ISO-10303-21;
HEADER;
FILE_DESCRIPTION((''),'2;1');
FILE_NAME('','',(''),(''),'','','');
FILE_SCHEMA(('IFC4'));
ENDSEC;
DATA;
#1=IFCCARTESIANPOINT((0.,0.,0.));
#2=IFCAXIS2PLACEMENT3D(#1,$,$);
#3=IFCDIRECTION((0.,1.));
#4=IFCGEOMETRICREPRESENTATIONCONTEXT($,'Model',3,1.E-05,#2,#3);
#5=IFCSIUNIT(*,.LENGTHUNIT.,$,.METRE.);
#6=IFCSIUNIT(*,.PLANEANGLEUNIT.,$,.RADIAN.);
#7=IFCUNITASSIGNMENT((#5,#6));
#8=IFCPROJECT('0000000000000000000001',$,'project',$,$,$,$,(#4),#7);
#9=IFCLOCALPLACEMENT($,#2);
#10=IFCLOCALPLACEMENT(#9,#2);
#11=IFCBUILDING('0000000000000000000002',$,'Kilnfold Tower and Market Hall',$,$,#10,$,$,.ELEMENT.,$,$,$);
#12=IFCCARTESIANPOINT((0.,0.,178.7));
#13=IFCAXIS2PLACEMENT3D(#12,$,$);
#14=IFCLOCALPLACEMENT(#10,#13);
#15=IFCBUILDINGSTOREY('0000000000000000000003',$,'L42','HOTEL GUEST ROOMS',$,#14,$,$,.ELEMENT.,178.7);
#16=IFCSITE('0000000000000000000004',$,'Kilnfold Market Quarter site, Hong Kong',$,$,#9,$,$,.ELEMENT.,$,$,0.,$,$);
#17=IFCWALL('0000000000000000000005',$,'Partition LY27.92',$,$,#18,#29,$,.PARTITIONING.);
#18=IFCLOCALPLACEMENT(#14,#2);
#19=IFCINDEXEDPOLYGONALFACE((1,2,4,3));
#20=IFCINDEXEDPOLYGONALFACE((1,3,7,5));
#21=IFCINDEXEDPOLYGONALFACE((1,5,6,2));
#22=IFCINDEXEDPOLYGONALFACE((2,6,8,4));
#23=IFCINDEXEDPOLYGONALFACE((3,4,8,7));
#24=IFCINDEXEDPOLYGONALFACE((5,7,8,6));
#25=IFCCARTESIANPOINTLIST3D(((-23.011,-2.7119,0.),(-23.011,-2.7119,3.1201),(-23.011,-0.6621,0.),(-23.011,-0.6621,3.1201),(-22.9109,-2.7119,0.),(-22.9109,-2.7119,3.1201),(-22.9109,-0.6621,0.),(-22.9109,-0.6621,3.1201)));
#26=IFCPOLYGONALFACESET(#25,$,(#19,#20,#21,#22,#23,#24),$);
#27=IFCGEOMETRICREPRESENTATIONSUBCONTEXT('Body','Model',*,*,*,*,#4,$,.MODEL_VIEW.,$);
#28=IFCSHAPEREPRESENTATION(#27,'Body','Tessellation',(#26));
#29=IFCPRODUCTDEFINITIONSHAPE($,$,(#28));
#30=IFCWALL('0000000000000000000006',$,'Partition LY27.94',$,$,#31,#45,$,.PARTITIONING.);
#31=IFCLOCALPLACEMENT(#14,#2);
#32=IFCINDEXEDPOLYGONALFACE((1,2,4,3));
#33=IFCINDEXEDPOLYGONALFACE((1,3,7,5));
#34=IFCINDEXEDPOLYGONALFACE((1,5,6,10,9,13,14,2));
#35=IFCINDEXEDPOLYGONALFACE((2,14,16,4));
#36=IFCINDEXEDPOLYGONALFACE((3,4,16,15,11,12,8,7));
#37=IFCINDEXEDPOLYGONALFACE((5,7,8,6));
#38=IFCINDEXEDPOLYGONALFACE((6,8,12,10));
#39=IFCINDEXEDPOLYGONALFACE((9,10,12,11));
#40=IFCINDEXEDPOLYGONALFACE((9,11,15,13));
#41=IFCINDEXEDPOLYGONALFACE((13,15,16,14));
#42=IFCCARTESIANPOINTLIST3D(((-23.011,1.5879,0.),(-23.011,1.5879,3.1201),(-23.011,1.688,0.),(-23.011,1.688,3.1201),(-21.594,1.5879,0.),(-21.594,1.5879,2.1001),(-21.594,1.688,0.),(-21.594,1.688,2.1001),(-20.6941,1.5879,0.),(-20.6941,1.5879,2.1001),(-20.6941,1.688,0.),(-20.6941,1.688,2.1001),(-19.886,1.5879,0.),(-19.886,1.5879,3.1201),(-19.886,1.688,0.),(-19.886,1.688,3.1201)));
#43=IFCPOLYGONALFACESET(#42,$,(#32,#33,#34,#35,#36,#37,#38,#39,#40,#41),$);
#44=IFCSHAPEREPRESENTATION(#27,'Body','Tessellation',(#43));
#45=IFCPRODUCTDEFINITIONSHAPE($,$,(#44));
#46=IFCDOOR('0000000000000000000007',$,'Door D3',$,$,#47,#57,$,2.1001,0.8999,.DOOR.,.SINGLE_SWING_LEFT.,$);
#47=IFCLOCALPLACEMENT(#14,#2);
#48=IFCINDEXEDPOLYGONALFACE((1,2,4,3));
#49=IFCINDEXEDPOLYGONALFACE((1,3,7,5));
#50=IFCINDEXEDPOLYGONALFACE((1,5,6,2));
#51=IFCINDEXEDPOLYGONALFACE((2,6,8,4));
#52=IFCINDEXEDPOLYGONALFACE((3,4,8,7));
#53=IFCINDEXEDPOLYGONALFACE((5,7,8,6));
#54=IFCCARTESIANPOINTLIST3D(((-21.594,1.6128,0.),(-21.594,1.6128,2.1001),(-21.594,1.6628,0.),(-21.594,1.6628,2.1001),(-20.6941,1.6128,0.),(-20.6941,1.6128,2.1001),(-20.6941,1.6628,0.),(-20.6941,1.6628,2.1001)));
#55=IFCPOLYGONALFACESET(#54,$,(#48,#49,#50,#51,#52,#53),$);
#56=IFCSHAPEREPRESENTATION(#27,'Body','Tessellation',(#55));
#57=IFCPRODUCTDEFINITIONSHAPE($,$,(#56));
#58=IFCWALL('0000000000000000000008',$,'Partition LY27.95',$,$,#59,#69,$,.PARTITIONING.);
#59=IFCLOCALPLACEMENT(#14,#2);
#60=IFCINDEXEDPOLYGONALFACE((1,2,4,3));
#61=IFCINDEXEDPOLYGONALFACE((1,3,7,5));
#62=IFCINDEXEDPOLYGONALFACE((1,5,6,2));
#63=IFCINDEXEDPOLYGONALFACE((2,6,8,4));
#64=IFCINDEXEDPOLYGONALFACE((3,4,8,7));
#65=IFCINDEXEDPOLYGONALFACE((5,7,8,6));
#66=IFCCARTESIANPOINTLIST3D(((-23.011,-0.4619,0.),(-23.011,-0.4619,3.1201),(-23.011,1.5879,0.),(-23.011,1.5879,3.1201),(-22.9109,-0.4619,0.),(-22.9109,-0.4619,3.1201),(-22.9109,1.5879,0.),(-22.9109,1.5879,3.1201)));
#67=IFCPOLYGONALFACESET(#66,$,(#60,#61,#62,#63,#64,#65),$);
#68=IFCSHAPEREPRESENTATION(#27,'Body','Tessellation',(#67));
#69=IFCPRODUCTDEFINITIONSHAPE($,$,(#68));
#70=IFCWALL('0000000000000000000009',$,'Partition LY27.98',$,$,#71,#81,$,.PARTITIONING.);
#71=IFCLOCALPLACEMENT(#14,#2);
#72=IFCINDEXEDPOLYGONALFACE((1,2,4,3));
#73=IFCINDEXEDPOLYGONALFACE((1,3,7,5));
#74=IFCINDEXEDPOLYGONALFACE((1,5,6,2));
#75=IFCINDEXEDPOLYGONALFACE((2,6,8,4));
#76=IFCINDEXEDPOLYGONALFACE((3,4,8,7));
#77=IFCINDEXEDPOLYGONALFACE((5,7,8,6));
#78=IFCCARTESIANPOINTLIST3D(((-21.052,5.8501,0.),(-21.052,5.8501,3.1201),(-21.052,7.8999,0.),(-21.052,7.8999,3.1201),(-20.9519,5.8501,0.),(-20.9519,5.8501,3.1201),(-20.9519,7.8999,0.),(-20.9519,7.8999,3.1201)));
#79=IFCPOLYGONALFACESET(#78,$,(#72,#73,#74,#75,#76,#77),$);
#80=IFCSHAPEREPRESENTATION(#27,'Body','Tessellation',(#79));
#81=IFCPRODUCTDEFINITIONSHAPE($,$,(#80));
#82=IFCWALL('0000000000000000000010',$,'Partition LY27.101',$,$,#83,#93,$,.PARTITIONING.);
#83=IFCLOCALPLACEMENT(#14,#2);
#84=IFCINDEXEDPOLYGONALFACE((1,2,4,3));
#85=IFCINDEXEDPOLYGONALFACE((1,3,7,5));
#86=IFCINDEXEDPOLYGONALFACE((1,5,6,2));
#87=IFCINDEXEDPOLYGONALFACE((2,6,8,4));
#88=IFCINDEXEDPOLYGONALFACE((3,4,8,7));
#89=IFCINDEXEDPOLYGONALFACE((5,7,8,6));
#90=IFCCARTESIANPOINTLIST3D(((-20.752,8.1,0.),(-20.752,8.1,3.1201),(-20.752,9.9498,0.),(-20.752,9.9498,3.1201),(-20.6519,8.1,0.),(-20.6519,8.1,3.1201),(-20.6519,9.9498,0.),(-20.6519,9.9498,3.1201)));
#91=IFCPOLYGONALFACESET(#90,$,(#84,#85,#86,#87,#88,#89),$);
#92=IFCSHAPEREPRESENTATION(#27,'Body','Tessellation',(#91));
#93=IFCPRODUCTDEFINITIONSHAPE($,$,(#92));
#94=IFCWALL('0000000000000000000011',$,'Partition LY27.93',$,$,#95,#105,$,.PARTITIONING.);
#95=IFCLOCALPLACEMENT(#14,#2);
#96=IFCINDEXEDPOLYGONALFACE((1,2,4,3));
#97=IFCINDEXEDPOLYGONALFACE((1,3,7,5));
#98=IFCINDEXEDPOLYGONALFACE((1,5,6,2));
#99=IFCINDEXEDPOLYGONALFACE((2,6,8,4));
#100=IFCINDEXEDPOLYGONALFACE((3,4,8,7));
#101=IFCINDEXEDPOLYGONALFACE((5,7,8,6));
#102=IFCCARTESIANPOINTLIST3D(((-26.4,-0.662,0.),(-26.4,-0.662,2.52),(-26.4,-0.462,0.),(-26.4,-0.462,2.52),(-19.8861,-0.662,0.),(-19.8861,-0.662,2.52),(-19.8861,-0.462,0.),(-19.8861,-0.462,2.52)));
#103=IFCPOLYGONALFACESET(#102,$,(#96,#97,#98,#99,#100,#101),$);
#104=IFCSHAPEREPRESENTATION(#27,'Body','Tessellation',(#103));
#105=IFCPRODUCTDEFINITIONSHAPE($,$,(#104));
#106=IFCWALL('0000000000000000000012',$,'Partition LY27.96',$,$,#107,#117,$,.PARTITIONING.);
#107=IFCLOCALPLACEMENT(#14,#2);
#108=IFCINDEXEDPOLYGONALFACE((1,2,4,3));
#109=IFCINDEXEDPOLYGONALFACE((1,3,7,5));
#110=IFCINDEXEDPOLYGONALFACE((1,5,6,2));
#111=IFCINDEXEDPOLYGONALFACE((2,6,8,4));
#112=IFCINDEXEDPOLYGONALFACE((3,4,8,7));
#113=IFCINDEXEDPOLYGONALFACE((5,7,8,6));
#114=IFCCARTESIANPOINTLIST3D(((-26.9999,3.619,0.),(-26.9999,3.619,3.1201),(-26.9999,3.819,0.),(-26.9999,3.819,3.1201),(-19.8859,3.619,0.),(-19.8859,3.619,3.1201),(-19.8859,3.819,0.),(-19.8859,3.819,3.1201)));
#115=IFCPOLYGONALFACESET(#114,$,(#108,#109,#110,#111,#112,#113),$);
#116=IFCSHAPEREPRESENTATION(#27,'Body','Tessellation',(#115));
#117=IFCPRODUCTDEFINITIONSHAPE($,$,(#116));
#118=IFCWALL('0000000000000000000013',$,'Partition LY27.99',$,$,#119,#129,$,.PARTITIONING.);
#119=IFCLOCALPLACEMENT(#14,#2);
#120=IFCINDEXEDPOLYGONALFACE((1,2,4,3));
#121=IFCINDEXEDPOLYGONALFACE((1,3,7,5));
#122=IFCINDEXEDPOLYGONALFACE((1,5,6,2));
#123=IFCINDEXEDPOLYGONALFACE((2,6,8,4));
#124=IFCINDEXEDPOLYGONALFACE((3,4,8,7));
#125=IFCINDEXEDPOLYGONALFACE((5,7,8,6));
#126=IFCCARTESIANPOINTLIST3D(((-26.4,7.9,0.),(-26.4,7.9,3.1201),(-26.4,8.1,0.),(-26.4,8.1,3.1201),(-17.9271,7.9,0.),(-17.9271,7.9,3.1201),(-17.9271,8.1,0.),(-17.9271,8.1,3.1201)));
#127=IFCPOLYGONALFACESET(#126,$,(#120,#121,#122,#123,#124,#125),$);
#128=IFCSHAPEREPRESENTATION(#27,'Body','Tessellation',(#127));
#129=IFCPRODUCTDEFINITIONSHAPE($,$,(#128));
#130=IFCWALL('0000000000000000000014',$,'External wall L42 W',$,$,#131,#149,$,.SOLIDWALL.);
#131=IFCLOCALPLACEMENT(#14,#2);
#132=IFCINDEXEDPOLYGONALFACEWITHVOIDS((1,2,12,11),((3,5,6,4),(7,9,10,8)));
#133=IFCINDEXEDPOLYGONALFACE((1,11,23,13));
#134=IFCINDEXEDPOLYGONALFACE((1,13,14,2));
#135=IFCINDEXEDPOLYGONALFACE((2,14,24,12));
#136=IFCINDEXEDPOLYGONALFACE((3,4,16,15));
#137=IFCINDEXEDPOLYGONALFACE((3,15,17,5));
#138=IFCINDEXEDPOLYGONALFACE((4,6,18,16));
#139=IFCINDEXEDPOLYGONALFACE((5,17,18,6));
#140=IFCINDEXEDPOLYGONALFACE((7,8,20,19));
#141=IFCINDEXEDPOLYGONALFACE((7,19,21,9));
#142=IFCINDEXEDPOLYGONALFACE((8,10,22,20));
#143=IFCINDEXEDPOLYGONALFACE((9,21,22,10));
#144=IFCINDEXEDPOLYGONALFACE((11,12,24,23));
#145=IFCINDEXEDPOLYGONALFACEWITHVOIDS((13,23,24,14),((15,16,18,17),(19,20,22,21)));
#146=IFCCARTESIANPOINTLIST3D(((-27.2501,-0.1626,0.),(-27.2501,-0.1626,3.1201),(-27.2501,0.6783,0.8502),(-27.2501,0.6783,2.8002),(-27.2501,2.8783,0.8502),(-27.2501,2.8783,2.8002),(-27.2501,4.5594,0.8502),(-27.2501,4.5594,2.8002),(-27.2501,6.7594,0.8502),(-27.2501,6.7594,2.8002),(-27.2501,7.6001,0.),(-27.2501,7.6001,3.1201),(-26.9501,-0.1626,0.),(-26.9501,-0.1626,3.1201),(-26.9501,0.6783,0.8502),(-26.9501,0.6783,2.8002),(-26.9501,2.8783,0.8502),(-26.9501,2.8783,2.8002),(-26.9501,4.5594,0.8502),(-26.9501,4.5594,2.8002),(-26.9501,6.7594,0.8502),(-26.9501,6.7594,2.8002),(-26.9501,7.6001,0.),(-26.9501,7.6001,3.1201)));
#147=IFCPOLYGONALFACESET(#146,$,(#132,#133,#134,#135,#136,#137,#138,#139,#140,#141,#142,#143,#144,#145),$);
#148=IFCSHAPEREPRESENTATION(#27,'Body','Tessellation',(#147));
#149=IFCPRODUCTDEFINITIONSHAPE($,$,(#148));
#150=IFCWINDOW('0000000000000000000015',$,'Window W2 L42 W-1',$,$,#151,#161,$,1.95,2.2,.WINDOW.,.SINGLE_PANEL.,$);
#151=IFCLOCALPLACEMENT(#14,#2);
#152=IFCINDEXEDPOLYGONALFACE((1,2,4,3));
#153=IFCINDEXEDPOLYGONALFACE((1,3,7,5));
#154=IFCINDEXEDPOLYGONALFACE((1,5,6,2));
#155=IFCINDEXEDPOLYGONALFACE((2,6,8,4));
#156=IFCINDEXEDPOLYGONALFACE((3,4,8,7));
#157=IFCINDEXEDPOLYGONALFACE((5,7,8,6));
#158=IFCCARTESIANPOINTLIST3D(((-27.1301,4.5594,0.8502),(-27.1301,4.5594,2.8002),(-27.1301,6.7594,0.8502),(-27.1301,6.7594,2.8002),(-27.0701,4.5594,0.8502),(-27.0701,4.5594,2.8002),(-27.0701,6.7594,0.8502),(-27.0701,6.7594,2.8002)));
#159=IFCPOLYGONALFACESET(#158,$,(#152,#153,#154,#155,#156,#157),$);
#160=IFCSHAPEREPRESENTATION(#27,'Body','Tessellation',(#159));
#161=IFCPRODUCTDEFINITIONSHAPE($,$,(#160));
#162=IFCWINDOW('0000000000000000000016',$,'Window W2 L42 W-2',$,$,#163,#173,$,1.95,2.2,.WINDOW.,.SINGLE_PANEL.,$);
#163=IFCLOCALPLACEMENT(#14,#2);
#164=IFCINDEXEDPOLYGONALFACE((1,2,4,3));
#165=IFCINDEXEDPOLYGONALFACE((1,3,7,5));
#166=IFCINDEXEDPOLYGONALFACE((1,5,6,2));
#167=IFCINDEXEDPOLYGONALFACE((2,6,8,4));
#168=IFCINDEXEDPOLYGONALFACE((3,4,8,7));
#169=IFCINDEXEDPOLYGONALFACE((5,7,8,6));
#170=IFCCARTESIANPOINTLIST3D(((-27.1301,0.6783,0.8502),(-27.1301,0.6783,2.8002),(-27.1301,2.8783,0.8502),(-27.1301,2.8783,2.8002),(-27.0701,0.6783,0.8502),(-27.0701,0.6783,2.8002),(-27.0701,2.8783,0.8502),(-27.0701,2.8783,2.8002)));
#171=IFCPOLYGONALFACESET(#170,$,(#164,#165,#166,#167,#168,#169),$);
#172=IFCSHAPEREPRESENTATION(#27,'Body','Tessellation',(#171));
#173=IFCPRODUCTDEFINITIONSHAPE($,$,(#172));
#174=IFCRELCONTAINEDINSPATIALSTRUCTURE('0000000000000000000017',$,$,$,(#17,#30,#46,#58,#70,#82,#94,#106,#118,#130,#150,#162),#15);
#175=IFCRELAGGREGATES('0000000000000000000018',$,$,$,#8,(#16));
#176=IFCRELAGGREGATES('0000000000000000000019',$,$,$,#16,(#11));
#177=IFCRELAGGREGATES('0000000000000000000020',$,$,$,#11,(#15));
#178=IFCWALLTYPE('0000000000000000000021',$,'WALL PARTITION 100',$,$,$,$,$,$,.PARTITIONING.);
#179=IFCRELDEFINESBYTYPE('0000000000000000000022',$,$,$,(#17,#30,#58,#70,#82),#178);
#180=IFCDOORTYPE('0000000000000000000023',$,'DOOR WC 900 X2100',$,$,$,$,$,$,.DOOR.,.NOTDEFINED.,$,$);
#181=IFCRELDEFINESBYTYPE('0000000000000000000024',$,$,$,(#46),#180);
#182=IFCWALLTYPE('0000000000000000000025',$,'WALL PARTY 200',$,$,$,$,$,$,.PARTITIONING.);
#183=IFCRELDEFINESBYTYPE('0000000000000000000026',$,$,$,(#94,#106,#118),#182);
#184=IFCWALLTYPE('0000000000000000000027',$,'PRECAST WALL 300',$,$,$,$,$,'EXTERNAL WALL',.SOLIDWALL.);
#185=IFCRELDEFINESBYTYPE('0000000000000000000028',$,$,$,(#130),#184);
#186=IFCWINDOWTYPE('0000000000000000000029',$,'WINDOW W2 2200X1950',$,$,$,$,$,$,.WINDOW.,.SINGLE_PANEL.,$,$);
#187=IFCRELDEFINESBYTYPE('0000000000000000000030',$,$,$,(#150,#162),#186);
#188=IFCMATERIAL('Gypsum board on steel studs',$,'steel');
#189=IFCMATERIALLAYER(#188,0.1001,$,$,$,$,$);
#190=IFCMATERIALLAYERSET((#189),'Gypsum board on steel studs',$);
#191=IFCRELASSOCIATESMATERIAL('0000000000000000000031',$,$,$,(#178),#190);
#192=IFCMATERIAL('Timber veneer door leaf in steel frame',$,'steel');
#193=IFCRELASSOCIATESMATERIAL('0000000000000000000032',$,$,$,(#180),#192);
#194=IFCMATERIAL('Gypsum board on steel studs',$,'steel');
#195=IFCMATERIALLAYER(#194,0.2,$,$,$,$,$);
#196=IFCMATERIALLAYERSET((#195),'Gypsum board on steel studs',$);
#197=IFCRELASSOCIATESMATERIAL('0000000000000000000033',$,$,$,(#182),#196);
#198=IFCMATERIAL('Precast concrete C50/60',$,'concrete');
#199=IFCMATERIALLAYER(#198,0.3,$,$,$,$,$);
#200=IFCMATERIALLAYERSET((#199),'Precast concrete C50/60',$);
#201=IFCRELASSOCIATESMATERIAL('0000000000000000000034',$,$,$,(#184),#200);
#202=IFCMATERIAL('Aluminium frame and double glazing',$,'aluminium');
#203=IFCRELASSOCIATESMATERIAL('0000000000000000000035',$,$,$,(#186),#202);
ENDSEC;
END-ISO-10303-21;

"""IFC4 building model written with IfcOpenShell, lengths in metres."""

from ifc_helpers import new_model, si_unit, direction, frame, frame_2d, origin, place, context, subcontext, project, spatial, rectangle, extrude, source, transform, mapped, material, layer, layer_set, type_object, element, fill, save


model = new_model("IFC4")

# Units and contexts
model_context = context("Model", 3, precision=1e-05, world=origin(), true_north=direction((0.0, 1.0)))
body_context = subcontext(model_context, "Body", "Model", "MODEL_VIEW")
ifc_project = project(units=[si_unit("LENGTHUNIT", "METRE"), si_unit("PLANEANGLEUNIT", "RADIAN")], contexts=[model_context])

# Site, building, storey
site_placement = place(None, origin())
site = spatial("IfcSite", under=ifc_project, at=site_placement, Name="Kilnfold Market Quarter site, Hong Kong", CompositionType="ELEMENT", RefElevation=0.0)
building_placement = place(site_placement, origin())
building = spatial("IfcBuilding", under=site, at=building_placement, Name="Kilnfold Tower and Market Hall", CompositionType="ELEMENT")
storey_placement = place(building_placement, frame((0.0, 0.0, 178.7)))
storey = spatial("IfcBuildingStorey", under=building, at=storey_placement, Name="L42", Description="HOTEL GUEST ROOMS", CompositionType="ELEMENT", Elevation=178.7)

# Wall
ifc_material_1 = material(Name="Gypsum board on steel studs", Category="steel")
ifc_layer_1 = layer(ifc_material_1, 0.1001)
ifc_layer_set_1 = layer_set([ifc_layer_1], Name="Gypsum board on steel studs")
wall_type_1 = type_object("IfcWallType", Name="WALL PARTITION 100", PredefinedType="PARTITIONING", material=ifc_layer_set_1)
wall_1_placement = place(storey_placement, frame((-22.9609, -2.7119, 0.0), z_axis=(0.0, 0.0, 1.0), x_axis=(0.0, 1.0, 0.0)))
element("IfcWall", 1, at=wall_1_placement, inside=storey, type_object=wall_type_1, Name="Partition LY27.92", PredefinedType="PARTITIONING", context=body_context, shape_type="SweptSolid", body=[
    extrude(rectangle(XDim=2.0498, YDim=0.1001, at=frame_2d((1.0249, 0.0))), origin(), (0.0, 0.0, 1.0), 3.1201),
])

# Wall, opening, door
wall_2_placement = place(storey_placement, frame((-23.011, 1.6379, 0.0), z_axis=(0.0, 0.0, 1.0), x_axis=(1.0, 0.0, 0.0)))
wall_2 = element("IfcWall", 2, at=wall_2_placement, inside=storey, type_object=wall_type_1, Name="Partition LY27.94", PredefinedType="PARTITIONING", context=body_context, shape_type="SweptSolid", body=[
    extrude(rectangle(XDim=3.125, YDim=0.1001, at=frame_2d((1.5625, 0.0))), origin(), (0.0, 0.0, 1.0), 3.1201),
])
opening_1_placement = place(wall_2_placement, frame((1.417, 0.0, 0.0)))
opening_1 = element("IfcOpeningElement", 3, at=opening_1_placement, cuts=wall_2, PredefinedType="OPENING", context=body_context, shape_type="SweptSolid", body=[
    extrude(rectangle(XDim=0.8999, YDim=2.1001, at=frame_2d((0.45, 1.05))), frame((0.0, 0.0601, 0.0), z_axis=(0.0, -1.0, 0.0), x_axis=(1.0, 0.0, 0.0)), (0.0, 0.0, 1.0), 0.1201),
])
ifc_material_2 = material(Name="Timber veneer door leaf in steel frame", Category="steel")
door_type_1 = type_object("IfcDoorType", Name="DOOR WC 900 X2100", OperationType="NOTDEFINED", PredefinedType="DOOR", material=ifc_material_2)
door_1_placement = place(opening_1_placement, origin())
door_1 = element("IfcDoor", 4, at=door_1_placement, inside=storey, type_object=door_type_1, Name="Door D3", OperationType="SINGLE_SWING_LEFT", OverallHeight=2.1001, OverallWidth=0.8999, PredefinedType="DOOR", context=body_context, shape_type="SweptSolid", body=[
    extrude(rectangle(XDim=0.8999, YDim=2.1001, at=frame_2d((0.45, 1.05))), frame((0.0, 0.0249, 0.0), z_axis=(0.0, -1.0, 0.0), x_axis=(1.0, 0.0, 0.0)), (0.0, 0.0, 1.0), 0.05),
])
fill(opening_1, door_1)

# Walls
for number, where, z_axis, x_axis, name in (
    (5, (-22.9609, -0.4619, 0.0), (0.0, 0.0, 1.0), (0.0, 1.0, 0.0), "Partition LY27.95"),
    (6, (-21.002, 5.8501, 0.0), (0.0, 0.0, 1.0), (0.0, 1.0, 0.0), "Partition LY27.98"),
):
    element("IfcWall", number, at=place(storey_placement, frame(where, z_axis=z_axis, x_axis=x_axis)), inside=storey, type_object=wall_type_1, Name=name, PredefinedType="PARTITIONING", context=body_context, shape_type="SweptSolid", body=[
        extrude(rectangle(XDim=2.0498, YDim=0.1001, at=frame_2d((1.0249, 0.0))), origin(), (0.0, 0.0, 1.0), 3.1201),
    ])
wall_3_placement = place(storey_placement, frame((-20.7019, 8.1001, 0.0), z_axis=(0.0, 0.0, 1.0), x_axis=(0.0, 1.0, 0.0)))
element("IfcWall", 7, at=wall_3_placement, inside=storey, type_object=wall_type_1, Name="Partition LY27.101", PredefinedType="PARTITIONING", context=body_context, shape_type="SweptSolid", body=[
    extrude(rectangle(XDim=1.8499, YDim=0.1001, at=frame_2d((0.9248, 0.0))), origin(), (0.0, 0.0, 1.0), 3.1201),
])
ifc_material_3 = material(Name="Gypsum board on steel studs", Category="steel")
ifc_layer_2 = layer(ifc_material_3, 0.2)
ifc_layer_set_2 = layer_set([ifc_layer_2], Name="Gypsum board on steel studs")
wall_type_2 = type_object("IfcWallType", Name="WALL PARTY 200", PredefinedType="PARTITIONING", material=ifc_layer_set_2)
wall_4_placement = place(storey_placement, frame((-26.3999, -0.562, 0.0), z_axis=(0.0, 0.0, 1.0), x_axis=(1.0, 0.0, 0.0)))
element("IfcWall", 8, at=wall_4_placement, inside=storey, type_object=wall_type_2, Name="Partition LY27.93", PredefinedType="PARTITIONING", context=body_context, shape_type="SweptSolid", body=[
    extrude(rectangle(XDim=6.5139, YDim=0.2, at=frame_2d((3.2568, 0.0))), origin(), (0.0, 0.0, 1.0), 2.52),
])
wall_5_placement = place(storey_placement, frame((-27.0, 3.719, 0.0), z_axis=(0.0, 0.0, 1.0), x_axis=(1.0, 0.0, 0.0)))
element("IfcWall", 9, at=wall_5_placement, inside=storey, type_object=wall_type_2, Name="Partition LY27.96", PredefinedType="PARTITIONING", context=body_context, shape_type="SweptSolid", body=[
    extrude(rectangle(XDim=7.114, YDim=0.2, at=frame_2d((3.5571, 0.0))), origin(), (0.0, 0.0, 1.0), 3.1201),
])
wall_6_placement = place(storey_placement, frame((-26.3999, 8.0, 0.0), z_axis=(0.0, 0.0, 1.0), x_axis=(1.0, 0.0, 0.0)))
element("IfcWall", 10, at=wall_6_placement, inside=storey, type_object=wall_type_2, Name="Partition LY27.99", PredefinedType="PARTITIONING", context=body_context, shape_type="SweptSolid", body=[
    extrude(rectangle(XDim=8.4729, YDim=0.2, at=frame_2d((4.2363, 0.0))), origin(), (0.0, 0.0, 1.0), 3.1201),
])

# Wall, openings, windows
ifc_material_4 = material(Name="Precast concrete C50/60", Category="concrete")
ifc_layer_3 = layer(ifc_material_4, 0.3)
ifc_layer_set_3 = layer_set([ifc_layer_3], Name="Precast concrete C50/60")
wall_type_3 = type_object("IfcWallType", Name="PRECAST WALL 300", ElementType="EXTERNAL WALL", PredefinedType="SOLIDWALL", material=ifc_layer_set_3)
shared_shape_1 = source(origin(), body_context, "Body", "SweptSolid", [
    extrude(rectangle(XDim=7.7627, YDim=0.3, at=frame_2d((3.8813, 0.0))), origin(), (0.0, 0.0, 1.0), 3.1201),
])
wall_7_placement = place(storey_placement, frame((-27.1001, 7.6001, 0.0), z_axis=(0.0, 0.0, 1.0), x_axis=(0.0, -1.0, 0.0)))
wall_7 = element("IfcWall", 11, at=wall_7_placement, inside=storey, type_object=wall_type_3, Name="External wall L42 W", PredefinedType="SOLIDWALL", context=body_context, shape_type="MappedRepresentation", body=[
    mapped(shared_shape_1, transform((0.0, 0.0, 0.0))),
])
opening_2_placement = place(wall_7_placement, frame((0.8406, 0.0, 0.8501)))
opening_2 = element("IfcOpeningElement", 12, at=opening_2_placement, cuts=wall_7, PredefinedType="OPENING", context=body_context, shape_type="SweptSolid", body=[
    extrude(rectangle(XDim=2.2, YDim=1.95, at=frame_2d((1.1001, 0.9751))), frame((0.0, 0.1602, 0.0), z_axis=(0.0, -1.0, 0.0), x_axis=(1.0, 0.0, 0.0)), (0.0, 0.0, 1.0), 0.3201),
])
opening_3_placement = place(wall_7_placement, frame((4.7217, 0.0, 0.8501)))
opening_3 = element("IfcOpeningElement", 13, at=opening_3_placement, cuts=wall_7, PredefinedType="OPENING", context=body_context, shape_type="SweptSolid", body=[
    extrude(rectangle(XDim=2.2, YDim=1.95, at=frame_2d((1.1001, 0.9751))), frame((0.0, 0.1602, 0.0), z_axis=(0.0, -1.0, 0.0), x_axis=(1.0, 0.0, 0.0)), (0.0, 0.0, 1.0), 0.3201),
])
ifc_material_5 = material(Name="Aluminium frame and double glazing", Category="aluminium")
window_type = type_object("IfcWindowType", Name="WINDOW W2 2200X1950", PartitioningType="SINGLE_PANEL", PredefinedType="WINDOW", material=ifc_material_5)
window_1_placement = place(opening_2_placement, origin())
window_1 = element("IfcWindow", 14, at=window_1_placement, inside=storey, type_object=window_type, Name="Window W2 L42 W-1", OverallHeight=1.95, OverallWidth=2.2, PartitioningType="SINGLE_PANEL", PredefinedType="WINDOW", context=body_context, shape_type="SweptSolid", body=[
    extrude(rectangle(XDim=2.2, YDim=1.95, at=frame_2d((1.1001, 0.9751))), frame((0.0, 0.03, 0.0), z_axis=(0.0, -1.0, 0.0), x_axis=(1.0, 0.0, 0.0)), (0.0, 0.0, 1.0), 0.0601),
])
fill(opening_2, window_1)
window_2_placement = place(opening_3_placement, origin())
window_2 = element("IfcWindow", 15, at=window_2_placement, inside=storey, type_object=window_type, Name="Window W2 L42 W-2", OverallHeight=1.95, OverallWidth=2.2, PartitioningType="SINGLE_PANEL", PredefinedType="WINDOW", context=body_context, shape_type="SweptSolid", body=[
    extrude(rectangle(XDim=2.2, YDim=1.95, at=frame_2d((1.1001, 0.9751))), frame((0.0, 0.03, 0.0), z_axis=(0.0, -1.0, 0.0), x_axis=(1.0, 0.0, 0.0)), (0.0, 0.0, 1.0), 0.0601),
])
fill(opening_3, window_2)

save(model, "model.ifc")
